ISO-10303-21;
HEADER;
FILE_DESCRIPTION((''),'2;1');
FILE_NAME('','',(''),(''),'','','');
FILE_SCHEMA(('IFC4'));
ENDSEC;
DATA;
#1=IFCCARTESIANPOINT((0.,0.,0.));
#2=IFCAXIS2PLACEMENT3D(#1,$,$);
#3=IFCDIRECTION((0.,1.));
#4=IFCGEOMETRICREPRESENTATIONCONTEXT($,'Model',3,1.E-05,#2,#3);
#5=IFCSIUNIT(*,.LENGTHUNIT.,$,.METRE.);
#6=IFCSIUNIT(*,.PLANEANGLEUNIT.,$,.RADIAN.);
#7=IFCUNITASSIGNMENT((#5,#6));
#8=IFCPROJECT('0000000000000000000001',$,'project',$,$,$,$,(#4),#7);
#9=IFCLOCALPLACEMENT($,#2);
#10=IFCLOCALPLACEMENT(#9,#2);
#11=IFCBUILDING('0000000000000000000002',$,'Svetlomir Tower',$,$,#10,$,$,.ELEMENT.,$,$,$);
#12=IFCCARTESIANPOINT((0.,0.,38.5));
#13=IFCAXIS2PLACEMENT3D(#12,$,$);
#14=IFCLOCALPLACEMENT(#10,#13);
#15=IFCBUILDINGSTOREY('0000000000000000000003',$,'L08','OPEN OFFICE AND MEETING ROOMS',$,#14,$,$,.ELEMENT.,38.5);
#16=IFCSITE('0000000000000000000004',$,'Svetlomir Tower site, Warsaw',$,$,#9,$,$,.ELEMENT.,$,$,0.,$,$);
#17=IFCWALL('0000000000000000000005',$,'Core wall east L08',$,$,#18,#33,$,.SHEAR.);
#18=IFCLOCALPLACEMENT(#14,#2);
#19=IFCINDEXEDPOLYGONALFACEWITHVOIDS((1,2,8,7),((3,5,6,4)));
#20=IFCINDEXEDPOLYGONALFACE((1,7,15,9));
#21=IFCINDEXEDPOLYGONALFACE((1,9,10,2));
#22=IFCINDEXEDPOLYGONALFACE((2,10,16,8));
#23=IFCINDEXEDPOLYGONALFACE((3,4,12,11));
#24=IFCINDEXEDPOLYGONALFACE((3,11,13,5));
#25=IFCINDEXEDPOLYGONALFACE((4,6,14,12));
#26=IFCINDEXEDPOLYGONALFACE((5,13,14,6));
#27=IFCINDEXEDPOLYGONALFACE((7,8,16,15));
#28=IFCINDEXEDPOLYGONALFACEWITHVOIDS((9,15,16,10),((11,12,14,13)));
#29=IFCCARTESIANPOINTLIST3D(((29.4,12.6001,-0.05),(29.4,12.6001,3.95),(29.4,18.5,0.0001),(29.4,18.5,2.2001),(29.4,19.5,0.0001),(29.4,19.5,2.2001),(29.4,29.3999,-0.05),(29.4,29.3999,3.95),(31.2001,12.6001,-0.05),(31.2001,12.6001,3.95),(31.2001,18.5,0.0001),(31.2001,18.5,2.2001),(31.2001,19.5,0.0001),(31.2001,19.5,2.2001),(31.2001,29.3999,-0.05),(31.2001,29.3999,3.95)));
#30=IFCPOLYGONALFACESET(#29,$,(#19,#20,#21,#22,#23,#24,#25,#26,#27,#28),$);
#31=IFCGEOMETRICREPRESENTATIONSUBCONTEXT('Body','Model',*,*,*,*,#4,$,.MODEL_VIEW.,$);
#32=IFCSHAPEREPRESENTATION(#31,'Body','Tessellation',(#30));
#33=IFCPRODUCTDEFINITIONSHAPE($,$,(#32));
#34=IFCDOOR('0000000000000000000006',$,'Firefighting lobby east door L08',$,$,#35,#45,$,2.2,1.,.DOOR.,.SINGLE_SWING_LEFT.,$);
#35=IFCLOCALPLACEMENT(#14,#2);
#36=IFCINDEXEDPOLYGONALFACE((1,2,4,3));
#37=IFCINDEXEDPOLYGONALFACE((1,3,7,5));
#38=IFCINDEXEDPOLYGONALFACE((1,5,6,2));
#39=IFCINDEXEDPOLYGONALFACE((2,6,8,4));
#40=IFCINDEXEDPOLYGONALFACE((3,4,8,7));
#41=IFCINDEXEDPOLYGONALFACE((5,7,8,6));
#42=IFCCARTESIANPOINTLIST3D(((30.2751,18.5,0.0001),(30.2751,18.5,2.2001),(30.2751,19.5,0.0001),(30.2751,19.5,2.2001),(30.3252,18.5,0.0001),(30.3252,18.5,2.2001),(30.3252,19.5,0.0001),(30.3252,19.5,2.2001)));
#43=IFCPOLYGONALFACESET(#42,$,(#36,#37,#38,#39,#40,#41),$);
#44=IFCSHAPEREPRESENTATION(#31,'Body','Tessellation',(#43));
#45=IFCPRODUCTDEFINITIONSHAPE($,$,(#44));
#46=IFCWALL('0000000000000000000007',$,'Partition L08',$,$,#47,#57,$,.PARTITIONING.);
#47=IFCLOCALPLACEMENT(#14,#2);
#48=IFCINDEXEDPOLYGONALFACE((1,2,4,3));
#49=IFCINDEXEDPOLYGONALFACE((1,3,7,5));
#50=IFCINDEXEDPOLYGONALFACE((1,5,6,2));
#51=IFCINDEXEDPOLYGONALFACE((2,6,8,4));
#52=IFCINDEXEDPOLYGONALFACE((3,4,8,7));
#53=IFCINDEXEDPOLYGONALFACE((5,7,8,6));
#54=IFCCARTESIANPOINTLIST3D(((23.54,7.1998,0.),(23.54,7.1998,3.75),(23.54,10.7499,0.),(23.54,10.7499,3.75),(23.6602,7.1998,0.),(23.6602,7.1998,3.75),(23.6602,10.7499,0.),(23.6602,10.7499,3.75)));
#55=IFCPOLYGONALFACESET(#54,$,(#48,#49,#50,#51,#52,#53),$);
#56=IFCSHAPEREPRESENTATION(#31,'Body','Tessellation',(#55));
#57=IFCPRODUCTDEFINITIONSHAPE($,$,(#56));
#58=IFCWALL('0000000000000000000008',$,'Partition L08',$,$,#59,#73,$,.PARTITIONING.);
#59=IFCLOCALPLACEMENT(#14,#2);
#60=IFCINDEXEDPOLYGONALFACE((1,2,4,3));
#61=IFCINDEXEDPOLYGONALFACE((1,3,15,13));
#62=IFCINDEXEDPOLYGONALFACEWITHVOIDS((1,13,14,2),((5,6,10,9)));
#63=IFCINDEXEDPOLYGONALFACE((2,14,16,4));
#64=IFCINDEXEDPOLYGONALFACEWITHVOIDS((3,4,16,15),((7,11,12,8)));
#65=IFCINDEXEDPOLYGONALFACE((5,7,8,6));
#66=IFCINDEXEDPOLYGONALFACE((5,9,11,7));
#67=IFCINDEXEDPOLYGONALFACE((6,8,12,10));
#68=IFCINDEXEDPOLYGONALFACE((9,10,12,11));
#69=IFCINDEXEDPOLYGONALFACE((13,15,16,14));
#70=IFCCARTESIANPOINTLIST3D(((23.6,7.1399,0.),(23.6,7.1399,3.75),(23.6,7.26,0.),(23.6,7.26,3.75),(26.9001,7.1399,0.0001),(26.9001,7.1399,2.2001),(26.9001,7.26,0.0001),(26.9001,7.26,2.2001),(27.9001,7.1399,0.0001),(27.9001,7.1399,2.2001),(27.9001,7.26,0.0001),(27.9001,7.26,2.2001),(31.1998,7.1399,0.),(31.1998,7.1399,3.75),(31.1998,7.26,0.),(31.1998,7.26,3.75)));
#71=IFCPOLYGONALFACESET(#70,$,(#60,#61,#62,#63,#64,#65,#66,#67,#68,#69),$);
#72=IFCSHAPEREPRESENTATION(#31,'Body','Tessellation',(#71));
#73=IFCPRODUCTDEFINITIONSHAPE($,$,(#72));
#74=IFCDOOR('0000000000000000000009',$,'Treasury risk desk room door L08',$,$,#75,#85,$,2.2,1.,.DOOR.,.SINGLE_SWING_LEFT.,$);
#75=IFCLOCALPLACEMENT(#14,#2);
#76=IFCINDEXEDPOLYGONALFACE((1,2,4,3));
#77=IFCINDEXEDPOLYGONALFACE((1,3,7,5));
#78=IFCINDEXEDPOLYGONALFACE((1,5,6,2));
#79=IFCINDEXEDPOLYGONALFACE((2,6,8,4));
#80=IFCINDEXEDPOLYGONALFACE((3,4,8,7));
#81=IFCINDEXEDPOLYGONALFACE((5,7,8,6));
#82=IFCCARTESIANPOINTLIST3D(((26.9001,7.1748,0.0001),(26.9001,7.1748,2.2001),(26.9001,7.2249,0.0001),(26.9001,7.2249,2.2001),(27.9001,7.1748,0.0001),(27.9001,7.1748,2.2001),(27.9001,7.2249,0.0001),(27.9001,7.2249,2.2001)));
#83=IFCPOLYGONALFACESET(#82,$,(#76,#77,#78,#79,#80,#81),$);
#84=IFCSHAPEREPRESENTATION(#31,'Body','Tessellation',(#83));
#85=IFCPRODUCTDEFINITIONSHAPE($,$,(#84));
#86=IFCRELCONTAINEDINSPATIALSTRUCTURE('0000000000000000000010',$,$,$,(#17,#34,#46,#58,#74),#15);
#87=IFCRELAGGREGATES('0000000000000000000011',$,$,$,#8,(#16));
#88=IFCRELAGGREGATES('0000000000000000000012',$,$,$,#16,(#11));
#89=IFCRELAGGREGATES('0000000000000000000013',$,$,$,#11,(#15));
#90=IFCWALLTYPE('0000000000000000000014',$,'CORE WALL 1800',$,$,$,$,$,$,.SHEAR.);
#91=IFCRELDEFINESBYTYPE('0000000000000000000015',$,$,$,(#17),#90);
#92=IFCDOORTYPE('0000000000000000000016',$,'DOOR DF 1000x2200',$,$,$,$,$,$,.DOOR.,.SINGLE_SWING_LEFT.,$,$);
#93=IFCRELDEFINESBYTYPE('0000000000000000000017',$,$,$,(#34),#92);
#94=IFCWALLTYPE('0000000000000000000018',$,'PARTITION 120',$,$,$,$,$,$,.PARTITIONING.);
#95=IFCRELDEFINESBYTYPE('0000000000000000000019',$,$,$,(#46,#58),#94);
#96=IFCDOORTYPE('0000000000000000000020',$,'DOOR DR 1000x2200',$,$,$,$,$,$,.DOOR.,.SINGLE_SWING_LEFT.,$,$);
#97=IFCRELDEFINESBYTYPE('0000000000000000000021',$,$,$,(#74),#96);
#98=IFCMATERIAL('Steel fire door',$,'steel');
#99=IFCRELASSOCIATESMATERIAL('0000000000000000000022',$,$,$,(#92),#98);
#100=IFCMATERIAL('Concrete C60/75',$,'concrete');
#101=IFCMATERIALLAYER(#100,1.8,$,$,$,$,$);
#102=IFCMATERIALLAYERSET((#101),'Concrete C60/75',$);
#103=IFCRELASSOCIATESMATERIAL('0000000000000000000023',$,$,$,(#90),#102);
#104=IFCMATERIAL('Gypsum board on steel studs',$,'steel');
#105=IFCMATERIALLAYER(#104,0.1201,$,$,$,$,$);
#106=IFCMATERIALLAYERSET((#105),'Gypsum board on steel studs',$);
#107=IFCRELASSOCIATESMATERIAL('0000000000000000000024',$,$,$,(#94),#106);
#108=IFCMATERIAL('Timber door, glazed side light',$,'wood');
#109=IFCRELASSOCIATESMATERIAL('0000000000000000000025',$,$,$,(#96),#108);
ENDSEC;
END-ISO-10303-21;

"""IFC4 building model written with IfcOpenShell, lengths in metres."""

from ifc_helpers import new_model, si_unit, direction, frame, frame_2d, origin, place, context, subcontext, project, spatial, rectangle, extrude, material, layer, layer_set, type_object, element, fill, save


model = new_model("IFC4")

# Units and contexts
model_context = context("Model", 3, precision=1e-05, world=origin(), true_north=direction((0.0, 1.0)))
body_context = subcontext(model_context, "Body", "Model", "MODEL_VIEW")
ifc_project = project(units=[si_unit("LENGTHUNIT", "METRE"), si_unit("PLANEANGLEUNIT", "RADIAN")], contexts=[model_context])

# Site, building, storey
site_placement = place(None, origin())
site = spatial("IfcSite", under=ifc_project, at=site_placement, Name="Svetlomir Tower site, Warsaw", CompositionType="ELEMENT", RefElevation=0.0)
building_placement = place(site_placement, origin())
building = spatial("IfcBuilding", under=site, at=building_placement, Name="Svetlomir Tower", CompositionType="ELEMENT")
storey_placement = place(building_placement, frame((0.0, 0.0, 38.5)))
storey = spatial("IfcBuildingStorey", under=building, at=storey_placement, Name="L08", Description="OPEN OFFICE AND MEETING ROOMS", CompositionType="ELEMENT", Elevation=38.5)

# Wall, opening, door
ifc_material_1 = material(Name="Steel fire door", Category="steel")
door_type_1 = type_object("IfcDoorType", Name="DOOR DF 1000x2200", OperationType="SINGLE_SWING_LEFT", PredefinedType="DOOR", material=ifc_material_1)
ifc_material_2 = material(Name="Concrete C60/75", Category="concrete")
ifc_layer_1 = layer(ifc_material_2, 1.8)
ifc_layer_set_1 = layer_set([ifc_layer_1], Name="Concrete C60/75")
wall_type_1 = type_object("IfcWallType", Name="CORE WALL 1800", PredefinedType="SHEAR", material=ifc_layer_set_1)
wall_1_placement = place(storey_placement, frame((30.3, 12.6001, -0.05), z_axis=(0.0, 0.0, 1.0), x_axis=(0.0, 1.0, 0.0)))
wall_1 = element("IfcWall", 1, at=wall_1_placement, inside=storey, type_object=wall_type_1, Name="Core wall east L08", PredefinedType="SHEAR", context=body_context, shape_type="SweptSolid", body=[
    extrude(rectangle(XDim=16.7998, YDim=1.8, at=frame_2d((8.3999, 0.0))), origin(), (0.0, 0.0, 1.0), 4.0),
])
opening_1_placement = place(wall_1_placement, frame((5.8999, 0.0, 0.05)))
opening_1 = element("IfcOpeningElement", 2, at=opening_1_placement, cuts=wall_1, PredefinedType="OPENING", context=body_context, shape_type="SweptSolid", body=[
    extrude(rectangle(XDim=1.0, YDim=2.2, at=frame_2d((0.5, 1.1001))), frame((0.0, 0.9102, 0.0), z_axis=(0.0, -1.0, 0.0), x_axis=(1.0, 0.0, 0.0)), (0.0, 0.0, 1.0), 1.8201),
])
door_1_placement = place(opening_1_placement, origin())
door_1 = element("IfcDoor", 3, at=door_1_placement, inside=storey, type_object=door_type_1, Name="Firefighting lobby east door L08", OperationType="SINGLE_SWING_LEFT", OverallHeight=2.2, OverallWidth=1.0, PredefinedType="DOOR", context=body_context, shape_type="SweptSolid", body=[
    extrude(rectangle(XDim=1.0, YDim=2.2, at=frame_2d((0.5, 1.1001))), frame((0.0, 0.0249, 0.0), z_axis=(0.0, -1.0, 0.0), x_axis=(1.0, 0.0, 0.0)), (0.0, 0.0, 1.0), 0.05),
])
fill(opening_1, door_1)

# Wall
ifc_material_3 = material(Name="Gypsum board on steel studs", Category="steel")
ifc_layer_2 = layer(ifc_material_3, 0.1201)
ifc_layer_set_2 = layer_set([ifc_layer_2], Name="Gypsum board on steel studs")
wall_type_2 = type_object("IfcWallType", Name="PARTITION 120", PredefinedType="PARTITIONING", material=ifc_layer_set_2)
wall_2_placement = place(storey_placement, frame((23.6001, 7.2, 0.0), z_axis=(0.0, 0.0, 1.0), x_axis=(0.0, 1.0, 0.0)))
element("IfcWall", 4, at=wall_2_placement, inside=storey, type_object=wall_type_2, Name="Partition L08", PredefinedType="PARTITIONING", context=body_context, shape_type="SweptSolid", body=[
    extrude(rectangle(XDim=3.55, YDim=0.1201, at=frame_2d((1.7749, 0.0))), origin(), (0.0, 0.0, 1.0), 3.75),
])

# Wall, opening, door
wall_3_placement = place(storey_placement, frame((23.6001, 7.2, 0.0), z_axis=(0.0, 0.0, 1.0), x_axis=(1.0, 0.0, 0.0)))
wall_3 = element("IfcWall", 5, at=wall_3_placement, inside=storey, type_object=wall_type_2, Name="Partition L08", PredefinedType="PARTITIONING", context=body_context, shape_type="SweptSolid", body=[
    extrude(rectangle(XDim=7.5999, YDim=0.1201, at=frame_2d((3.7998, 0.0))), origin(), (0.0, 0.0, 1.0), 3.75),
])
opening_2_placement = place(wall_3_placement, frame((3.3, 0.0, 0.0)))
opening_2 = element("IfcOpeningElement", 6, at=opening_2_placement, cuts=wall_3, PredefinedType="OPENING", context=body_context, shape_type="SweptSolid", body=[
    extrude(rectangle(XDim=1.0, YDim=2.2, at=frame_2d((0.5, 1.1001))), frame((0.0, 0.0701, 0.0), z_axis=(0.0, -1.0, 0.0), x_axis=(1.0, 0.0, 0.0)), (0.0, 0.0, 1.0), 0.1401),
])
ifc_material_4 = material(Name="Timber door, glazed side light", Category="wood")
door_type_2 = type_object("IfcDoorType", Name="DOOR DR 1000x2200", OperationType="SINGLE_SWING_LEFT", PredefinedType="DOOR", material=ifc_material_4)
door_2_placement = place(opening_2_placement, origin())
door_2 = element("IfcDoor", 7, at=door_2_placement, inside=storey, type_object=door_type_2, Name="Treasury risk desk room door L08", OperationType="SINGLE_SWING_LEFT", OverallHeight=2.2, OverallWidth=1.0, PredefinedType="DOOR", context=body_context, shape_type="SweptSolid", body=[
    extrude(rectangle(XDim=1.0, YDim=2.2, at=frame_2d((0.5, 1.1001))), frame((0.0, 0.0249, 0.0), z_axis=(0.0, -1.0, 0.0), x_axis=(1.0, 0.0, 0.0)), (0.0, 0.0, 1.0), 0.05),
])
fill(opening_2, door_2)

save(model, "model.ifc")
